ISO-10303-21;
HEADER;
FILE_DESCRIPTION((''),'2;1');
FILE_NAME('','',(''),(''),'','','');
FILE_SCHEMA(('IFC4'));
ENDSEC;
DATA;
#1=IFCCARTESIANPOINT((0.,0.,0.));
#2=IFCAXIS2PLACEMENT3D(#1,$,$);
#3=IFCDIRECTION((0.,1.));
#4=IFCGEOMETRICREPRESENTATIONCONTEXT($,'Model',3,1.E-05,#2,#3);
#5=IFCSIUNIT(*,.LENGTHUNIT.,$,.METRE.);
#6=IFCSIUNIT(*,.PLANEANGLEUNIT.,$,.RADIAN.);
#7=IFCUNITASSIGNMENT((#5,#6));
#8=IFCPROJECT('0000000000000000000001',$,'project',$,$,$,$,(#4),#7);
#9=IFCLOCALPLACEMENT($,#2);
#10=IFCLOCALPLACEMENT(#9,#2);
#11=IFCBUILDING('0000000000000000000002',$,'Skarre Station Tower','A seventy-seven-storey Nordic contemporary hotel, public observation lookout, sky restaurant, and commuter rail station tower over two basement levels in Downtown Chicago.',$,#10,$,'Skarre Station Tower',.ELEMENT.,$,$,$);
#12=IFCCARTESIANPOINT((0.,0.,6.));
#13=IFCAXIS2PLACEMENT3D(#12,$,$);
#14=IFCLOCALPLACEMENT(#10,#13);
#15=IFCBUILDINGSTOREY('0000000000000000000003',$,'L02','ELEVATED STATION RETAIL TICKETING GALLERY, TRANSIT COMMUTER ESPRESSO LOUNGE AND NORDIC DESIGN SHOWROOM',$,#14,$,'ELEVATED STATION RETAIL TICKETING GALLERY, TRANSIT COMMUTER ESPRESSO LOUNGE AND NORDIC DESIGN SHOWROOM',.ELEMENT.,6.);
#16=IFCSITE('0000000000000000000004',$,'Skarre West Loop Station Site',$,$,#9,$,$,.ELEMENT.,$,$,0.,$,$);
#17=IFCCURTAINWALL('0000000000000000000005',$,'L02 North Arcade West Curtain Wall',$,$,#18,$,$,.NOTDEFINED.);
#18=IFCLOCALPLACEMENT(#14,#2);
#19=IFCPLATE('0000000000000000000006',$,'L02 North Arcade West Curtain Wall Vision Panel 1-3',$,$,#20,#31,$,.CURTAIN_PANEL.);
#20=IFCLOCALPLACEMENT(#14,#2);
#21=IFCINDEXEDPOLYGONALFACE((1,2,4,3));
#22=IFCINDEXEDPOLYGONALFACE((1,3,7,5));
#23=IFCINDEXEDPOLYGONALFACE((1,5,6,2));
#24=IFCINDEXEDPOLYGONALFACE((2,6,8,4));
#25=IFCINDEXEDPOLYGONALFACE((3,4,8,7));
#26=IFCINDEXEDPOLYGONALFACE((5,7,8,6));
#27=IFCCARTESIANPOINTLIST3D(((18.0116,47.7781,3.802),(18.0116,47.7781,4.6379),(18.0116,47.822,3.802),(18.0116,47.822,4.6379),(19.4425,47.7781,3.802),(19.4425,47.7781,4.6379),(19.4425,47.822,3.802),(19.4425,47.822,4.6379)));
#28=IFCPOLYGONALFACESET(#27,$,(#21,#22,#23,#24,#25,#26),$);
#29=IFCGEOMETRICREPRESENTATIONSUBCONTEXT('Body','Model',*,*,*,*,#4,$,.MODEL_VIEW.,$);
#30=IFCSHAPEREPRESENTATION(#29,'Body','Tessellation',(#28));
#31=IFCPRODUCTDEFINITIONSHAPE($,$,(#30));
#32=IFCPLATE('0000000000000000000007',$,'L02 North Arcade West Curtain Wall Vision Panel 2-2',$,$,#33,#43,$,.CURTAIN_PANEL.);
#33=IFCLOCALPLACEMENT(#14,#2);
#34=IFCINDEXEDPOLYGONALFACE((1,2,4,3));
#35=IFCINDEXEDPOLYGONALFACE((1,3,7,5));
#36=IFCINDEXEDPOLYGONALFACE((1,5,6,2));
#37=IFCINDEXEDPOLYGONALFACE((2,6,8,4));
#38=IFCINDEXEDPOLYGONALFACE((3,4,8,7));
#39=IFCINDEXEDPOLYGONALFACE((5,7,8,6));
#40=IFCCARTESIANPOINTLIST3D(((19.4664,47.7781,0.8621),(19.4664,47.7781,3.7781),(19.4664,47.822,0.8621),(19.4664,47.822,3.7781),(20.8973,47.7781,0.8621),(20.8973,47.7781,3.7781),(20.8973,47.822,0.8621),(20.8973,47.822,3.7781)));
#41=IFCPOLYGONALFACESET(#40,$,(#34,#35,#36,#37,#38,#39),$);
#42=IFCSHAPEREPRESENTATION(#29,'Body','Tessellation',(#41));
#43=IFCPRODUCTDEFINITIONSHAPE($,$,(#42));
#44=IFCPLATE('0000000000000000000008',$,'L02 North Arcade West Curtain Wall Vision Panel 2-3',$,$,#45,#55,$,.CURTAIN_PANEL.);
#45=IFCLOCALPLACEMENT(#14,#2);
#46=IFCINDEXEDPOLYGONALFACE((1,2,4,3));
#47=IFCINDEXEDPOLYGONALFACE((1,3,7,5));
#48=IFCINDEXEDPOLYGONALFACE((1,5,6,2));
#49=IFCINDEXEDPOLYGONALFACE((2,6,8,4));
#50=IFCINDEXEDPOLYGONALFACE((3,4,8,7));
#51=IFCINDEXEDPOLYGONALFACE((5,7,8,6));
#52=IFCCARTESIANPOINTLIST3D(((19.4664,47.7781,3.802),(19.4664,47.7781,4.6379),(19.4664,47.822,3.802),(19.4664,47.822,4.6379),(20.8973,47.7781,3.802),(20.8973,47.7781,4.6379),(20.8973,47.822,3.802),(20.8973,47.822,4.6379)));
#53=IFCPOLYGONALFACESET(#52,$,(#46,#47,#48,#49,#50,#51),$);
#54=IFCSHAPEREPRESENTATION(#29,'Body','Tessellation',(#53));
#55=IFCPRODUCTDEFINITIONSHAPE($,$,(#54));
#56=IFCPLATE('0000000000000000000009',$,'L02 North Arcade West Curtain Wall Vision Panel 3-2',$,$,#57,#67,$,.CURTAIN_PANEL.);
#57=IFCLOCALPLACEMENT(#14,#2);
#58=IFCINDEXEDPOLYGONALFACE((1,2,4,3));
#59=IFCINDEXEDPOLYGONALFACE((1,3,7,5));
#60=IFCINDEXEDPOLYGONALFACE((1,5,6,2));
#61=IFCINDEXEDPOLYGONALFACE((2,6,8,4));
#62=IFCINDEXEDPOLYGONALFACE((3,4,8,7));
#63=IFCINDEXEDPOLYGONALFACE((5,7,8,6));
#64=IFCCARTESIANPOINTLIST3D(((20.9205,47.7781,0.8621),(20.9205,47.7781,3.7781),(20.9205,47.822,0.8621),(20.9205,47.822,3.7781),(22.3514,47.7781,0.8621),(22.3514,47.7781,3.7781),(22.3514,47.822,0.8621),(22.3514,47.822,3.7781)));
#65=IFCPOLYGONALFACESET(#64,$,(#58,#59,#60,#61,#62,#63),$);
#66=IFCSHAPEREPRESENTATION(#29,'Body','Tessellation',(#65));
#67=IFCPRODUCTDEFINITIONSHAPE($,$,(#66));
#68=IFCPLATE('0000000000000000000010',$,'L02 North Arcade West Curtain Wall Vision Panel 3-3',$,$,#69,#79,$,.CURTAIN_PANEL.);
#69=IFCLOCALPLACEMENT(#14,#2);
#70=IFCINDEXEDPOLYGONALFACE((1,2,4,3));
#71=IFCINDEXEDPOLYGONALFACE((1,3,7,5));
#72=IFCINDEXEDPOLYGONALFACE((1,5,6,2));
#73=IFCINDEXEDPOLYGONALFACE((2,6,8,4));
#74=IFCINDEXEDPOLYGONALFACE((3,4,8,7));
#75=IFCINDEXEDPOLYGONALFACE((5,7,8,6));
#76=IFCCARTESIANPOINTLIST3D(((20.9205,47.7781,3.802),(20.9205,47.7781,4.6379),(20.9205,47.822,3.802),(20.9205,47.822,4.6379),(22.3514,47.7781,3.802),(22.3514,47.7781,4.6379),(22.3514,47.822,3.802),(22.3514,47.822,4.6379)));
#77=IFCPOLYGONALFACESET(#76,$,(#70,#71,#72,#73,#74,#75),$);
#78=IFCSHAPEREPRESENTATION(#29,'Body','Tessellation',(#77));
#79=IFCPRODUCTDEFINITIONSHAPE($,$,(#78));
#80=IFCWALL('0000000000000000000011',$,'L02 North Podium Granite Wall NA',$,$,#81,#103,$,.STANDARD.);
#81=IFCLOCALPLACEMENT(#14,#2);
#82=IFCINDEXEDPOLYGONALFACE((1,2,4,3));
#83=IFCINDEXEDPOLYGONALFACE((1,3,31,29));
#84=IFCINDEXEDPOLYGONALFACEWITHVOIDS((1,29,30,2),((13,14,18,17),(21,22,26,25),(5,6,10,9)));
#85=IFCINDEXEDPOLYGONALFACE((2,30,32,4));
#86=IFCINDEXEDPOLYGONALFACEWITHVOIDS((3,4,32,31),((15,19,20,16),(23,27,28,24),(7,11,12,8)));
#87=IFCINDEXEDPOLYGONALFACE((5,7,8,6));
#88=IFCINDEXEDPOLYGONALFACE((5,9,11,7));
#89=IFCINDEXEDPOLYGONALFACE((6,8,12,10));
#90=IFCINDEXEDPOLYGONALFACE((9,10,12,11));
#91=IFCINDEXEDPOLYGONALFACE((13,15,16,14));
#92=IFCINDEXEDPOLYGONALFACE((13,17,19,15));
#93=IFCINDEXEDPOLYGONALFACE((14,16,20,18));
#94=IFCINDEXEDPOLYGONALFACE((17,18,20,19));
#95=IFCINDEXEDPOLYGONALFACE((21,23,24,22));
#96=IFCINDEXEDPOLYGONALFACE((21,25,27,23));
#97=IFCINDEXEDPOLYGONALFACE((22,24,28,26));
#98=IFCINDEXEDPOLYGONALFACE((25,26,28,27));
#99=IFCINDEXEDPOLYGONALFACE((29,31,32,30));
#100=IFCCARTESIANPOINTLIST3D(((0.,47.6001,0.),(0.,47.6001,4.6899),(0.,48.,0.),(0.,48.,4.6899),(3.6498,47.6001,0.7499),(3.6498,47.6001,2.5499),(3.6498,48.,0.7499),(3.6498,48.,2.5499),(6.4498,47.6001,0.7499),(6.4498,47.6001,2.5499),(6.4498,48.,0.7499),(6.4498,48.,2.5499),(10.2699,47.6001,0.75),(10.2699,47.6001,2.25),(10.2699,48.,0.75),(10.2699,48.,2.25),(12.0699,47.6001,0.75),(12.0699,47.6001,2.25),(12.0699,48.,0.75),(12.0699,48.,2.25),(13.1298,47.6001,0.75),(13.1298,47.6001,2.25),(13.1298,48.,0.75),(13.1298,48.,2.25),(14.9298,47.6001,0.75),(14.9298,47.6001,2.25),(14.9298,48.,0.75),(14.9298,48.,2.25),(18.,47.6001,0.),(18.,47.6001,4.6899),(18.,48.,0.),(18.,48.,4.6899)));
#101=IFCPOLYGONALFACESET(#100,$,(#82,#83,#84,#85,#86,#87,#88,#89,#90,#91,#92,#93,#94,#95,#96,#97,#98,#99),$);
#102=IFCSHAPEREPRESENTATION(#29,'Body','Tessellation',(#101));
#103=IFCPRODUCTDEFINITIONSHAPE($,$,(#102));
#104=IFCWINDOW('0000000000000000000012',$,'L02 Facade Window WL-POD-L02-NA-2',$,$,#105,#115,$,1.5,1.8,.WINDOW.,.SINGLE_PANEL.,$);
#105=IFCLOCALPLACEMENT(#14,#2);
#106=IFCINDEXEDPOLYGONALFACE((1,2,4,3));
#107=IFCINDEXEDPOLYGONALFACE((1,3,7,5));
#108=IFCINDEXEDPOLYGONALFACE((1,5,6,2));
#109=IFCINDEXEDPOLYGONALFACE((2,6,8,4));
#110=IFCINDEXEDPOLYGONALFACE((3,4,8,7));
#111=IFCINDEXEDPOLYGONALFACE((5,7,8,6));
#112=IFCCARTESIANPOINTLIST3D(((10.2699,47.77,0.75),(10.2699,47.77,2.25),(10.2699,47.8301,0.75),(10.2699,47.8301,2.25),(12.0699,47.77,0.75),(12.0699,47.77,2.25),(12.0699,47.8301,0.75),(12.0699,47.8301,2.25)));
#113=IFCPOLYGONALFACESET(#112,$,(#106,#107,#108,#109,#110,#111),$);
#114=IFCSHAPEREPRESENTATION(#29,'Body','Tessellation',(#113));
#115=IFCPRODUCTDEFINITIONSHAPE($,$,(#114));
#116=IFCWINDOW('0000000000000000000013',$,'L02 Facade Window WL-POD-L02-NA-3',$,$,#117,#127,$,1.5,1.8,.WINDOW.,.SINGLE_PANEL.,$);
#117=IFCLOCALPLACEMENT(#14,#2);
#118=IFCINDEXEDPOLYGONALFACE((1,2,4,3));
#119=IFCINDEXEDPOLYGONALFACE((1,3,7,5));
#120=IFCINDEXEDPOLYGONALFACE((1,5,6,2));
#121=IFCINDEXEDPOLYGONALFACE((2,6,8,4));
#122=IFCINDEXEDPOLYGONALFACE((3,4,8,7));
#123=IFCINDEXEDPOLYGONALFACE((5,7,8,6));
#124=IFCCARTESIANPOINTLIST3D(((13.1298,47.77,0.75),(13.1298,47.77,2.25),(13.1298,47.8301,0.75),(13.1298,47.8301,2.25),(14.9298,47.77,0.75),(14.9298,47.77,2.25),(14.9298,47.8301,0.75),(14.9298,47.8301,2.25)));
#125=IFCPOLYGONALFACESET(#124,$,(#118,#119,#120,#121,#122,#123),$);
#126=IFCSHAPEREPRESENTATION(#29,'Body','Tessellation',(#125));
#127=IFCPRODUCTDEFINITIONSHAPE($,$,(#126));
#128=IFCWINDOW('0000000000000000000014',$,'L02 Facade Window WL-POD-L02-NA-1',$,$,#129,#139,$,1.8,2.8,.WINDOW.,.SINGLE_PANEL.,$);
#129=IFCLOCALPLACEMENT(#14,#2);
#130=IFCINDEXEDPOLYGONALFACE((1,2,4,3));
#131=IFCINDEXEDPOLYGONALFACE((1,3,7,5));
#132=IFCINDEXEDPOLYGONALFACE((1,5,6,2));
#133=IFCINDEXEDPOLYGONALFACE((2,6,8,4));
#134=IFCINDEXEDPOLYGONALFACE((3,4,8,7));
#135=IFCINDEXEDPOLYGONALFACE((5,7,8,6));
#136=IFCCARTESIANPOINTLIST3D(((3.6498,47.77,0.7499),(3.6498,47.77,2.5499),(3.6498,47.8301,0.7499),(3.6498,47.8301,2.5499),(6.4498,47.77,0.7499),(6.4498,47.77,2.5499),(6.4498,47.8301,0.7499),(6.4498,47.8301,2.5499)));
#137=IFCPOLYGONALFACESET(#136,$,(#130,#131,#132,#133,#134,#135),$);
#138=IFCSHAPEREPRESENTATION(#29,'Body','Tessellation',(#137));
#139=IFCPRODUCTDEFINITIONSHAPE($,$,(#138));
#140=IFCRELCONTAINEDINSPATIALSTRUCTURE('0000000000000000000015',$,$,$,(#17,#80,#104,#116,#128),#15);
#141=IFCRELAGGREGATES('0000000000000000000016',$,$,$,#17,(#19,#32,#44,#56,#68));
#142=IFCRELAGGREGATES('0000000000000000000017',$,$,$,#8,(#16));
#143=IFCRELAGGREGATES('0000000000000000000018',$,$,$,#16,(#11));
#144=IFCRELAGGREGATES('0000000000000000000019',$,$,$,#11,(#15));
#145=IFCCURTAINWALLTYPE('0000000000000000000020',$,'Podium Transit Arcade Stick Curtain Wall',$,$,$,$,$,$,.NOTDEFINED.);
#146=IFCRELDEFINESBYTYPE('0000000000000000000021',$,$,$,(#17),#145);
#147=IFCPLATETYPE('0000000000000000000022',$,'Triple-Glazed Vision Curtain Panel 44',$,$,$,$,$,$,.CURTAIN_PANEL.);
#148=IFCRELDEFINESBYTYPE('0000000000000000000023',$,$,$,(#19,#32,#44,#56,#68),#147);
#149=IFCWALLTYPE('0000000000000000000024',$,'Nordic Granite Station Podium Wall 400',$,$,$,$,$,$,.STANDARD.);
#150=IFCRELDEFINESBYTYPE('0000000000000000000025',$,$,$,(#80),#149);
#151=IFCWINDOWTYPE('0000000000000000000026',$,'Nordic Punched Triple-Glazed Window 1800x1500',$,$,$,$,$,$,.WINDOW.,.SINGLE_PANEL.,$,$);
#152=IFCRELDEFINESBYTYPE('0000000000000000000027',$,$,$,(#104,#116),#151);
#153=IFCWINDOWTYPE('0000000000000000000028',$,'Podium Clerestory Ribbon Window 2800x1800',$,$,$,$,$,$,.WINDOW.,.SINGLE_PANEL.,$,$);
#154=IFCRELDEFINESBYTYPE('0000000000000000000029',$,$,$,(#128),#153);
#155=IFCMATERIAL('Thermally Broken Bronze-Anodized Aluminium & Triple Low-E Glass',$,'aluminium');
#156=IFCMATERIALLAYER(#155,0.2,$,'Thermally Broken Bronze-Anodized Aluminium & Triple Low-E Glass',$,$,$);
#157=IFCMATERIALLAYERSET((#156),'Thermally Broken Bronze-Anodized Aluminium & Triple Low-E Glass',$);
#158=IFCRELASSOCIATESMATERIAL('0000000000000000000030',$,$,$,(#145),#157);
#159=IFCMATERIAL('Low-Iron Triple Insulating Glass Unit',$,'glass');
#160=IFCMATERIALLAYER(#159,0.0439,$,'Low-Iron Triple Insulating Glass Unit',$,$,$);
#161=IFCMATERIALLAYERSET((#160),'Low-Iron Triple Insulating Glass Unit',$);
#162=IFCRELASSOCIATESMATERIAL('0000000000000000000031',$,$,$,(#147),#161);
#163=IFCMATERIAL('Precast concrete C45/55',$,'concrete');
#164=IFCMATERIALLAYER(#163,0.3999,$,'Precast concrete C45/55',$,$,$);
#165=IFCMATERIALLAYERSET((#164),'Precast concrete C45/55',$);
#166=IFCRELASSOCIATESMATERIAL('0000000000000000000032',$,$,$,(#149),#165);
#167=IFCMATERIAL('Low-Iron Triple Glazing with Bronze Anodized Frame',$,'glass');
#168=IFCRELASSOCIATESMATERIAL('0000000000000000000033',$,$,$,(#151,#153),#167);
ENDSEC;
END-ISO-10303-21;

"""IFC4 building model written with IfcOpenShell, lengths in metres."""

from ifc_helpers import new_model, si_unit, direction, frame, frame_2d, origin, origin_2d, place, context, subcontext, project, spatial, rectangle, extrude, material, layer, layer_set, type_object, element, fill, aggregate, save


model = new_model("IFC4")

# Units and contexts
model_context = context("Model", 3, precision=1e-05, world=origin(), true_north=direction((0.0, 1.0)))
body_context = subcontext(model_context, "Body", "Model", "MODEL_VIEW")
ifc_project = project(units=[si_unit("LENGTHUNIT", "METRE"), si_unit("PLANEANGLEUNIT", "RADIAN")], contexts=[model_context])

# Site, building, storey
site_placement = place(None, origin())
site = spatial("IfcSite", under=ifc_project, at=site_placement, Name="Skarre West Loop Station Site", CompositionType="ELEMENT", RefElevation=0.0)
building_placement = place(site_placement, origin())
building = spatial("IfcBuilding", under=site, at=building_placement, Name="Skarre Station Tower", Description="A seventy-seven-storey Nordic contemporary hotel, public observation lookout, sky restaurant, and commuter rail station tower over two basement levels in Downtown Chicago.", LongName="Skarre Station Tower", CompositionType="ELEMENT")
storey_placement = place(building_placement, frame((0.0, 0.0, 6.0)))
storey = spatial("IfcBuildingStorey", under=building, at=storey_placement, Name="L02", Description="ELEVATED STATION RETAIL TICKETING GALLERY, TRANSIT COMMUTER ESPRESSO LOUNGE AND NORDIC DESIGN SHOWROOM", LongName="ELEVATED STATION RETAIL TICKETING GALLERY, TRANSIT COMMUTER ESPRESSO LOUNGE AND NORDIC DESIGN SHOWROOM", CompositionType="ELEMENT", Elevation=6.0)

# Curtain wall
ifc_material_1 = material(Name="Thermally Broken Bronze-Anodized Aluminium & Triple Low-E Glass", Category="aluminium")
ifc_layer_1 = layer(ifc_material_1, 0.2, Name="Thermally Broken Bronze-Anodized Aluminium & Triple Low-E Glass")
ifc_layer_set_1 = layer_set([ifc_layer_1], Name="Thermally Broken Bronze-Anodized Aluminium & Triple Low-E Glass")
curtain_wall_type = type_object("IfcCurtainWallType", Name="Podium Transit Arcade Stick Curtain Wall", PredefinedType="NOTDEFINED", material=ifc_layer_set_1)
curtain_wall_placement = place(storey_placement, origin())
curtain_wall = element("IfcCurtainWall", 1, at=curtain_wall_placement, inside=storey, type_object=curtain_wall_type, Name="L02 North Arcade West Curtain Wall", PredefinedType="NOTDEFINED")

# Plates
ifc_material_2 = material(Name="Low-Iron Triple Insulating Glass Unit", Category="glass")
ifc_layer_2 = layer(ifc_material_2, 0.0439, Name="Low-Iron Triple Insulating Glass Unit")
ifc_layer_set_2 = layer_set([ifc_layer_2], Name="Low-Iron Triple Insulating Glass Unit")
plate_type_1 = type_object("IfcPlateType", Name="Triple-Glazed Vision Curtain Panel 44", PredefinedType="CURTAIN_PANEL", material=ifc_layer_set_2)
plate_1_placement = place(storey_placement, frame((18.7271, 47.8, 3.802), z_axis=(0.0, 0.0, 1.0), x_axis=(1.0, 0.0, 0.0)))
plate_1 = element("IfcPlate", 2, at=plate_1_placement, type_object=plate_type_1, Name="L02 North Arcade West Curtain Wall Vision Panel 1-3", PredefinedType="CURTAIN_PANEL", context=body_context, shape_type="SweptSolid", body=[
    extrude(rectangle(XDim=1.4309, YDim=0.0439, at=origin_2d()), origin(), (0.0, 0.0, 1.0), 0.8359),
])
plate_2_placement = place(storey_placement, frame((20.1819, 47.8, 0.8621), z_axis=(0.0, 0.0, 1.0), x_axis=(1.0, 0.0, 0.0)))
plate_2 = element("IfcPlate", 3, at=plate_2_placement, type_object=plate_type_1, Name="L02 North Arcade West Curtain Wall Vision Panel 2-2", PredefinedType="CURTAIN_PANEL", context=body_context, shape_type="SweptSolid", body=[
    extrude(rectangle(XDim=1.4309, YDim=0.0439, at=origin_2d()), origin(), (0.0, 0.0, 1.0), 2.916),
])
plate_3_placement = place(storey_placement, frame((20.1819, 47.8, 3.802), z_axis=(0.0, 0.0, 1.0), x_axis=(1.0, 0.0, 0.0)))
plate_3 = element("IfcPlate", 4, at=plate_3_placement, type_object=plate_type_1, Name="L02 North Arcade West Curtain Wall Vision Panel 2-3", PredefinedType="CURTAIN_PANEL", context=body_context, shape_type="SweptSolid", body=[
    extrude(rectangle(XDim=1.4309, YDim=0.0439, at=origin_2d()), origin(), (0.0, 0.0, 1.0), 0.8359),
])
plate_4_placement = place(storey_placement, frame((21.636, 47.8, 0.8621), z_axis=(0.0, 0.0, 1.0), x_axis=(1.0, 0.0, 0.0)))
plate_4 = element("IfcPlate", 5, at=plate_4_placement, type_object=plate_type_1, Name="L02 North Arcade West Curtain Wall Vision Panel 3-2", PredefinedType="CURTAIN_PANEL", context=body_context, shape_type="SweptSolid", body=[
    extrude(rectangle(XDim=1.4309, YDim=0.0439, at=origin_2d()), origin(), (0.0, 0.0, 1.0), 2.916),
])
plate_5_placement = place(storey_placement, frame((21.636, 47.8, 3.802), z_axis=(0.0, 0.0, 1.0), x_axis=(1.0, 0.0, 0.0)))
plate_5 = element("IfcPlate", 6, at=plate_5_placement, type_object=plate_type_1, Name="L02 North Arcade West Curtain Wall Vision Panel 3-3", PredefinedType="CURTAIN_PANEL", context=body_context, shape_type="SweptSolid", body=[
    extrude(rectangle(XDim=1.4309, YDim=0.0439, at=origin_2d()), origin(), (0.0, 0.0, 1.0), 0.8359),
])
aggregate(curtain_wall, [plate_1, plate_2, plate_3, plate_4, plate_5])

# Wall, openings, windows
ifc_material_3 = material(Name="Precast concrete C45/55", Category="concrete")
ifc_layer_3 = layer(ifc_material_3, 0.3999, Name="Precast concrete C45/55")
ifc_layer_set_3 = layer_set([ifc_layer_3], Name="Precast concrete C45/55")
wall_type = type_object("IfcWallType", Name="Nordic Granite Station Podium Wall 400", PredefinedType="STANDARD", material=ifc_layer_set_3)
wall_placement = place(storey_placement, frame((0.0, 47.8, 0.0), z_axis=(0.0, 0.0, 1.0), x_axis=(1.0, 0.0, 0.0)))
wall = element("IfcWall", 7, at=wall_placement, inside=storey, type_object=wall_type, Name="L02 North Podium Granite Wall NA", PredefinedType="STANDARD", context=body_context, shape_type="SweptSolid", body=[
    extrude(rectangle(XDim=18.0, YDim=0.3999, at=frame_2d((9.0, 0.0))), origin(), (0.0, 0.0, 1.0), 4.6899),
])
opening_1_placement = place(wall_placement, frame((3.6499, 0.0, 0.75)))
opening_1 = element("IfcOpeningElement", 8, at=opening_1_placement, cuts=wall, PredefinedType="OPENING", context=body_context, shape_type="SweptSolid", body=[
    extrude(rectangle(XDim=2.8, YDim=1.8, at=frame_2d((1.3999, 0.8999))), frame((0.0, 0.21, 0.0), z_axis=(0.0, -1.0, 0.0), x_axis=(1.0, 0.0, 0.0)), (0.0, 0.0, 1.0), 0.4199),
])
opening_2_placement = place(wall_placement, frame((10.27, 0.0, 0.75)))
opening_2 = element("IfcOpeningElement", 9, at=opening_2_placement, cuts=wall, PredefinedType="OPENING", context=body_context, shape_type="SweptSolid", body=[
    extrude(rectangle(XDim=1.8, YDim=1.5, at=frame_2d((0.8999, 0.75))), frame((0.0, 0.21, 0.0), z_axis=(0.0, -1.0, 0.0), x_axis=(1.0, 0.0, 0.0)), (0.0, 0.0, 1.0), 0.4199),
])
opening_3_placement = place(wall_placement, frame((13.1299, 0.0, 0.75)))
opening_3 = element("IfcOpeningElement", 10, at=opening_3_placement, cuts=wall, PredefinedType="OPENING", context=body_context, shape_type="SweptSolid", body=[
    extrude(rectangle(XDim=1.8, YDim=1.5, at=frame_2d((0.8999, 0.75))), frame((0.0, 0.21, 0.0), z_axis=(0.0, -1.0, 0.0), x_axis=(1.0, 0.0, 0.0)), (0.0, 0.0, 1.0), 0.4199),
])
ifc_material_4 = material(Name="Low-Iron Triple Glazing with Bronze Anodized Frame", Category="glass")
window_type_1 = type_object("IfcWindowType", Name="Nordic Punched Triple-Glazed Window 1800x1500", PartitioningType="SINGLE_PANEL", PredefinedType="WINDOW", material=ifc_material_4)
window_1_placement = place(opening_2_placement, origin())
window_1 = element("IfcWindow", 11, at=window_1_placement, inside=storey, type_object=window_type_1, Name="L02 Facade Window WL-POD-L02-NA-2", OverallHeight=1.5, OverallWidth=1.8, PartitioningType="SINGLE_PANEL", PredefinedType="WINDOW", context=body_context, shape_type="SweptSolid", body=[
    extrude(rectangle(XDim=1.8, YDim=1.5, at=frame_2d((0.8999, 0.75))), frame((0.0, 0.03, 0.0), z_axis=(0.0, -1.0, 0.0), x_axis=(1.0, 0.0, 0.0)), (0.0, 0.0, 1.0), 0.0601),
])
fill(opening_2, window_1)
window_2_placement = place(opening_3_placement, origin())
window_2 = element("IfcWindow", 12, at=window_2_placement, inside=storey, type_object=window_type_1, Name="L02 Facade Window WL-POD-L02-NA-3", OverallHeight=1.5, OverallWidth=1.8, PartitioningType="SINGLE_PANEL", PredefinedType="WINDOW", context=body_context, shape_type="SweptSolid", body=[
    extrude(rectangle(XDim=1.8, YDim=1.5, at=frame_2d((0.8999, 0.75))), frame((0.0, 0.03, 0.0), z_axis=(0.0, -1.0, 0.0), x_axis=(1.0, 0.0, 0.0)), (0.0, 0.0, 1.0), 0.0601),
])
fill(opening_3, window_2)
window_type_2 = type_object("IfcWindowType", Name="Podium Clerestory Ribbon Window 2800x1800", PartitioningType="SINGLE_PANEL", PredefinedType="WINDOW", material=ifc_material_4)
window_3_placement = place(opening_1_placement, origin())
window_3 = element("IfcWindow", 13, at=window_3_placement, inside=storey, type_object=window_type_2, Name="L02 Facade Window WL-POD-L02-NA-1", OverallHeight=1.8, OverallWidth=2.8, PartitioningType="SINGLE_PANEL", PredefinedType="WINDOW", context=body_context, shape_type="SweptSolid", body=[
    extrude(rectangle(XDim=2.8, YDim=1.8, at=frame_2d((1.3999, 0.8999))), frame((0.0, 0.03, 0.0), z_axis=(0.0, -1.0, 0.0), x_axis=(1.0, 0.0, 0.0)), (0.0, 0.0, 1.0), 0.0601),
])
fill(opening_1, window_3)

save(model, "model.ifc")
